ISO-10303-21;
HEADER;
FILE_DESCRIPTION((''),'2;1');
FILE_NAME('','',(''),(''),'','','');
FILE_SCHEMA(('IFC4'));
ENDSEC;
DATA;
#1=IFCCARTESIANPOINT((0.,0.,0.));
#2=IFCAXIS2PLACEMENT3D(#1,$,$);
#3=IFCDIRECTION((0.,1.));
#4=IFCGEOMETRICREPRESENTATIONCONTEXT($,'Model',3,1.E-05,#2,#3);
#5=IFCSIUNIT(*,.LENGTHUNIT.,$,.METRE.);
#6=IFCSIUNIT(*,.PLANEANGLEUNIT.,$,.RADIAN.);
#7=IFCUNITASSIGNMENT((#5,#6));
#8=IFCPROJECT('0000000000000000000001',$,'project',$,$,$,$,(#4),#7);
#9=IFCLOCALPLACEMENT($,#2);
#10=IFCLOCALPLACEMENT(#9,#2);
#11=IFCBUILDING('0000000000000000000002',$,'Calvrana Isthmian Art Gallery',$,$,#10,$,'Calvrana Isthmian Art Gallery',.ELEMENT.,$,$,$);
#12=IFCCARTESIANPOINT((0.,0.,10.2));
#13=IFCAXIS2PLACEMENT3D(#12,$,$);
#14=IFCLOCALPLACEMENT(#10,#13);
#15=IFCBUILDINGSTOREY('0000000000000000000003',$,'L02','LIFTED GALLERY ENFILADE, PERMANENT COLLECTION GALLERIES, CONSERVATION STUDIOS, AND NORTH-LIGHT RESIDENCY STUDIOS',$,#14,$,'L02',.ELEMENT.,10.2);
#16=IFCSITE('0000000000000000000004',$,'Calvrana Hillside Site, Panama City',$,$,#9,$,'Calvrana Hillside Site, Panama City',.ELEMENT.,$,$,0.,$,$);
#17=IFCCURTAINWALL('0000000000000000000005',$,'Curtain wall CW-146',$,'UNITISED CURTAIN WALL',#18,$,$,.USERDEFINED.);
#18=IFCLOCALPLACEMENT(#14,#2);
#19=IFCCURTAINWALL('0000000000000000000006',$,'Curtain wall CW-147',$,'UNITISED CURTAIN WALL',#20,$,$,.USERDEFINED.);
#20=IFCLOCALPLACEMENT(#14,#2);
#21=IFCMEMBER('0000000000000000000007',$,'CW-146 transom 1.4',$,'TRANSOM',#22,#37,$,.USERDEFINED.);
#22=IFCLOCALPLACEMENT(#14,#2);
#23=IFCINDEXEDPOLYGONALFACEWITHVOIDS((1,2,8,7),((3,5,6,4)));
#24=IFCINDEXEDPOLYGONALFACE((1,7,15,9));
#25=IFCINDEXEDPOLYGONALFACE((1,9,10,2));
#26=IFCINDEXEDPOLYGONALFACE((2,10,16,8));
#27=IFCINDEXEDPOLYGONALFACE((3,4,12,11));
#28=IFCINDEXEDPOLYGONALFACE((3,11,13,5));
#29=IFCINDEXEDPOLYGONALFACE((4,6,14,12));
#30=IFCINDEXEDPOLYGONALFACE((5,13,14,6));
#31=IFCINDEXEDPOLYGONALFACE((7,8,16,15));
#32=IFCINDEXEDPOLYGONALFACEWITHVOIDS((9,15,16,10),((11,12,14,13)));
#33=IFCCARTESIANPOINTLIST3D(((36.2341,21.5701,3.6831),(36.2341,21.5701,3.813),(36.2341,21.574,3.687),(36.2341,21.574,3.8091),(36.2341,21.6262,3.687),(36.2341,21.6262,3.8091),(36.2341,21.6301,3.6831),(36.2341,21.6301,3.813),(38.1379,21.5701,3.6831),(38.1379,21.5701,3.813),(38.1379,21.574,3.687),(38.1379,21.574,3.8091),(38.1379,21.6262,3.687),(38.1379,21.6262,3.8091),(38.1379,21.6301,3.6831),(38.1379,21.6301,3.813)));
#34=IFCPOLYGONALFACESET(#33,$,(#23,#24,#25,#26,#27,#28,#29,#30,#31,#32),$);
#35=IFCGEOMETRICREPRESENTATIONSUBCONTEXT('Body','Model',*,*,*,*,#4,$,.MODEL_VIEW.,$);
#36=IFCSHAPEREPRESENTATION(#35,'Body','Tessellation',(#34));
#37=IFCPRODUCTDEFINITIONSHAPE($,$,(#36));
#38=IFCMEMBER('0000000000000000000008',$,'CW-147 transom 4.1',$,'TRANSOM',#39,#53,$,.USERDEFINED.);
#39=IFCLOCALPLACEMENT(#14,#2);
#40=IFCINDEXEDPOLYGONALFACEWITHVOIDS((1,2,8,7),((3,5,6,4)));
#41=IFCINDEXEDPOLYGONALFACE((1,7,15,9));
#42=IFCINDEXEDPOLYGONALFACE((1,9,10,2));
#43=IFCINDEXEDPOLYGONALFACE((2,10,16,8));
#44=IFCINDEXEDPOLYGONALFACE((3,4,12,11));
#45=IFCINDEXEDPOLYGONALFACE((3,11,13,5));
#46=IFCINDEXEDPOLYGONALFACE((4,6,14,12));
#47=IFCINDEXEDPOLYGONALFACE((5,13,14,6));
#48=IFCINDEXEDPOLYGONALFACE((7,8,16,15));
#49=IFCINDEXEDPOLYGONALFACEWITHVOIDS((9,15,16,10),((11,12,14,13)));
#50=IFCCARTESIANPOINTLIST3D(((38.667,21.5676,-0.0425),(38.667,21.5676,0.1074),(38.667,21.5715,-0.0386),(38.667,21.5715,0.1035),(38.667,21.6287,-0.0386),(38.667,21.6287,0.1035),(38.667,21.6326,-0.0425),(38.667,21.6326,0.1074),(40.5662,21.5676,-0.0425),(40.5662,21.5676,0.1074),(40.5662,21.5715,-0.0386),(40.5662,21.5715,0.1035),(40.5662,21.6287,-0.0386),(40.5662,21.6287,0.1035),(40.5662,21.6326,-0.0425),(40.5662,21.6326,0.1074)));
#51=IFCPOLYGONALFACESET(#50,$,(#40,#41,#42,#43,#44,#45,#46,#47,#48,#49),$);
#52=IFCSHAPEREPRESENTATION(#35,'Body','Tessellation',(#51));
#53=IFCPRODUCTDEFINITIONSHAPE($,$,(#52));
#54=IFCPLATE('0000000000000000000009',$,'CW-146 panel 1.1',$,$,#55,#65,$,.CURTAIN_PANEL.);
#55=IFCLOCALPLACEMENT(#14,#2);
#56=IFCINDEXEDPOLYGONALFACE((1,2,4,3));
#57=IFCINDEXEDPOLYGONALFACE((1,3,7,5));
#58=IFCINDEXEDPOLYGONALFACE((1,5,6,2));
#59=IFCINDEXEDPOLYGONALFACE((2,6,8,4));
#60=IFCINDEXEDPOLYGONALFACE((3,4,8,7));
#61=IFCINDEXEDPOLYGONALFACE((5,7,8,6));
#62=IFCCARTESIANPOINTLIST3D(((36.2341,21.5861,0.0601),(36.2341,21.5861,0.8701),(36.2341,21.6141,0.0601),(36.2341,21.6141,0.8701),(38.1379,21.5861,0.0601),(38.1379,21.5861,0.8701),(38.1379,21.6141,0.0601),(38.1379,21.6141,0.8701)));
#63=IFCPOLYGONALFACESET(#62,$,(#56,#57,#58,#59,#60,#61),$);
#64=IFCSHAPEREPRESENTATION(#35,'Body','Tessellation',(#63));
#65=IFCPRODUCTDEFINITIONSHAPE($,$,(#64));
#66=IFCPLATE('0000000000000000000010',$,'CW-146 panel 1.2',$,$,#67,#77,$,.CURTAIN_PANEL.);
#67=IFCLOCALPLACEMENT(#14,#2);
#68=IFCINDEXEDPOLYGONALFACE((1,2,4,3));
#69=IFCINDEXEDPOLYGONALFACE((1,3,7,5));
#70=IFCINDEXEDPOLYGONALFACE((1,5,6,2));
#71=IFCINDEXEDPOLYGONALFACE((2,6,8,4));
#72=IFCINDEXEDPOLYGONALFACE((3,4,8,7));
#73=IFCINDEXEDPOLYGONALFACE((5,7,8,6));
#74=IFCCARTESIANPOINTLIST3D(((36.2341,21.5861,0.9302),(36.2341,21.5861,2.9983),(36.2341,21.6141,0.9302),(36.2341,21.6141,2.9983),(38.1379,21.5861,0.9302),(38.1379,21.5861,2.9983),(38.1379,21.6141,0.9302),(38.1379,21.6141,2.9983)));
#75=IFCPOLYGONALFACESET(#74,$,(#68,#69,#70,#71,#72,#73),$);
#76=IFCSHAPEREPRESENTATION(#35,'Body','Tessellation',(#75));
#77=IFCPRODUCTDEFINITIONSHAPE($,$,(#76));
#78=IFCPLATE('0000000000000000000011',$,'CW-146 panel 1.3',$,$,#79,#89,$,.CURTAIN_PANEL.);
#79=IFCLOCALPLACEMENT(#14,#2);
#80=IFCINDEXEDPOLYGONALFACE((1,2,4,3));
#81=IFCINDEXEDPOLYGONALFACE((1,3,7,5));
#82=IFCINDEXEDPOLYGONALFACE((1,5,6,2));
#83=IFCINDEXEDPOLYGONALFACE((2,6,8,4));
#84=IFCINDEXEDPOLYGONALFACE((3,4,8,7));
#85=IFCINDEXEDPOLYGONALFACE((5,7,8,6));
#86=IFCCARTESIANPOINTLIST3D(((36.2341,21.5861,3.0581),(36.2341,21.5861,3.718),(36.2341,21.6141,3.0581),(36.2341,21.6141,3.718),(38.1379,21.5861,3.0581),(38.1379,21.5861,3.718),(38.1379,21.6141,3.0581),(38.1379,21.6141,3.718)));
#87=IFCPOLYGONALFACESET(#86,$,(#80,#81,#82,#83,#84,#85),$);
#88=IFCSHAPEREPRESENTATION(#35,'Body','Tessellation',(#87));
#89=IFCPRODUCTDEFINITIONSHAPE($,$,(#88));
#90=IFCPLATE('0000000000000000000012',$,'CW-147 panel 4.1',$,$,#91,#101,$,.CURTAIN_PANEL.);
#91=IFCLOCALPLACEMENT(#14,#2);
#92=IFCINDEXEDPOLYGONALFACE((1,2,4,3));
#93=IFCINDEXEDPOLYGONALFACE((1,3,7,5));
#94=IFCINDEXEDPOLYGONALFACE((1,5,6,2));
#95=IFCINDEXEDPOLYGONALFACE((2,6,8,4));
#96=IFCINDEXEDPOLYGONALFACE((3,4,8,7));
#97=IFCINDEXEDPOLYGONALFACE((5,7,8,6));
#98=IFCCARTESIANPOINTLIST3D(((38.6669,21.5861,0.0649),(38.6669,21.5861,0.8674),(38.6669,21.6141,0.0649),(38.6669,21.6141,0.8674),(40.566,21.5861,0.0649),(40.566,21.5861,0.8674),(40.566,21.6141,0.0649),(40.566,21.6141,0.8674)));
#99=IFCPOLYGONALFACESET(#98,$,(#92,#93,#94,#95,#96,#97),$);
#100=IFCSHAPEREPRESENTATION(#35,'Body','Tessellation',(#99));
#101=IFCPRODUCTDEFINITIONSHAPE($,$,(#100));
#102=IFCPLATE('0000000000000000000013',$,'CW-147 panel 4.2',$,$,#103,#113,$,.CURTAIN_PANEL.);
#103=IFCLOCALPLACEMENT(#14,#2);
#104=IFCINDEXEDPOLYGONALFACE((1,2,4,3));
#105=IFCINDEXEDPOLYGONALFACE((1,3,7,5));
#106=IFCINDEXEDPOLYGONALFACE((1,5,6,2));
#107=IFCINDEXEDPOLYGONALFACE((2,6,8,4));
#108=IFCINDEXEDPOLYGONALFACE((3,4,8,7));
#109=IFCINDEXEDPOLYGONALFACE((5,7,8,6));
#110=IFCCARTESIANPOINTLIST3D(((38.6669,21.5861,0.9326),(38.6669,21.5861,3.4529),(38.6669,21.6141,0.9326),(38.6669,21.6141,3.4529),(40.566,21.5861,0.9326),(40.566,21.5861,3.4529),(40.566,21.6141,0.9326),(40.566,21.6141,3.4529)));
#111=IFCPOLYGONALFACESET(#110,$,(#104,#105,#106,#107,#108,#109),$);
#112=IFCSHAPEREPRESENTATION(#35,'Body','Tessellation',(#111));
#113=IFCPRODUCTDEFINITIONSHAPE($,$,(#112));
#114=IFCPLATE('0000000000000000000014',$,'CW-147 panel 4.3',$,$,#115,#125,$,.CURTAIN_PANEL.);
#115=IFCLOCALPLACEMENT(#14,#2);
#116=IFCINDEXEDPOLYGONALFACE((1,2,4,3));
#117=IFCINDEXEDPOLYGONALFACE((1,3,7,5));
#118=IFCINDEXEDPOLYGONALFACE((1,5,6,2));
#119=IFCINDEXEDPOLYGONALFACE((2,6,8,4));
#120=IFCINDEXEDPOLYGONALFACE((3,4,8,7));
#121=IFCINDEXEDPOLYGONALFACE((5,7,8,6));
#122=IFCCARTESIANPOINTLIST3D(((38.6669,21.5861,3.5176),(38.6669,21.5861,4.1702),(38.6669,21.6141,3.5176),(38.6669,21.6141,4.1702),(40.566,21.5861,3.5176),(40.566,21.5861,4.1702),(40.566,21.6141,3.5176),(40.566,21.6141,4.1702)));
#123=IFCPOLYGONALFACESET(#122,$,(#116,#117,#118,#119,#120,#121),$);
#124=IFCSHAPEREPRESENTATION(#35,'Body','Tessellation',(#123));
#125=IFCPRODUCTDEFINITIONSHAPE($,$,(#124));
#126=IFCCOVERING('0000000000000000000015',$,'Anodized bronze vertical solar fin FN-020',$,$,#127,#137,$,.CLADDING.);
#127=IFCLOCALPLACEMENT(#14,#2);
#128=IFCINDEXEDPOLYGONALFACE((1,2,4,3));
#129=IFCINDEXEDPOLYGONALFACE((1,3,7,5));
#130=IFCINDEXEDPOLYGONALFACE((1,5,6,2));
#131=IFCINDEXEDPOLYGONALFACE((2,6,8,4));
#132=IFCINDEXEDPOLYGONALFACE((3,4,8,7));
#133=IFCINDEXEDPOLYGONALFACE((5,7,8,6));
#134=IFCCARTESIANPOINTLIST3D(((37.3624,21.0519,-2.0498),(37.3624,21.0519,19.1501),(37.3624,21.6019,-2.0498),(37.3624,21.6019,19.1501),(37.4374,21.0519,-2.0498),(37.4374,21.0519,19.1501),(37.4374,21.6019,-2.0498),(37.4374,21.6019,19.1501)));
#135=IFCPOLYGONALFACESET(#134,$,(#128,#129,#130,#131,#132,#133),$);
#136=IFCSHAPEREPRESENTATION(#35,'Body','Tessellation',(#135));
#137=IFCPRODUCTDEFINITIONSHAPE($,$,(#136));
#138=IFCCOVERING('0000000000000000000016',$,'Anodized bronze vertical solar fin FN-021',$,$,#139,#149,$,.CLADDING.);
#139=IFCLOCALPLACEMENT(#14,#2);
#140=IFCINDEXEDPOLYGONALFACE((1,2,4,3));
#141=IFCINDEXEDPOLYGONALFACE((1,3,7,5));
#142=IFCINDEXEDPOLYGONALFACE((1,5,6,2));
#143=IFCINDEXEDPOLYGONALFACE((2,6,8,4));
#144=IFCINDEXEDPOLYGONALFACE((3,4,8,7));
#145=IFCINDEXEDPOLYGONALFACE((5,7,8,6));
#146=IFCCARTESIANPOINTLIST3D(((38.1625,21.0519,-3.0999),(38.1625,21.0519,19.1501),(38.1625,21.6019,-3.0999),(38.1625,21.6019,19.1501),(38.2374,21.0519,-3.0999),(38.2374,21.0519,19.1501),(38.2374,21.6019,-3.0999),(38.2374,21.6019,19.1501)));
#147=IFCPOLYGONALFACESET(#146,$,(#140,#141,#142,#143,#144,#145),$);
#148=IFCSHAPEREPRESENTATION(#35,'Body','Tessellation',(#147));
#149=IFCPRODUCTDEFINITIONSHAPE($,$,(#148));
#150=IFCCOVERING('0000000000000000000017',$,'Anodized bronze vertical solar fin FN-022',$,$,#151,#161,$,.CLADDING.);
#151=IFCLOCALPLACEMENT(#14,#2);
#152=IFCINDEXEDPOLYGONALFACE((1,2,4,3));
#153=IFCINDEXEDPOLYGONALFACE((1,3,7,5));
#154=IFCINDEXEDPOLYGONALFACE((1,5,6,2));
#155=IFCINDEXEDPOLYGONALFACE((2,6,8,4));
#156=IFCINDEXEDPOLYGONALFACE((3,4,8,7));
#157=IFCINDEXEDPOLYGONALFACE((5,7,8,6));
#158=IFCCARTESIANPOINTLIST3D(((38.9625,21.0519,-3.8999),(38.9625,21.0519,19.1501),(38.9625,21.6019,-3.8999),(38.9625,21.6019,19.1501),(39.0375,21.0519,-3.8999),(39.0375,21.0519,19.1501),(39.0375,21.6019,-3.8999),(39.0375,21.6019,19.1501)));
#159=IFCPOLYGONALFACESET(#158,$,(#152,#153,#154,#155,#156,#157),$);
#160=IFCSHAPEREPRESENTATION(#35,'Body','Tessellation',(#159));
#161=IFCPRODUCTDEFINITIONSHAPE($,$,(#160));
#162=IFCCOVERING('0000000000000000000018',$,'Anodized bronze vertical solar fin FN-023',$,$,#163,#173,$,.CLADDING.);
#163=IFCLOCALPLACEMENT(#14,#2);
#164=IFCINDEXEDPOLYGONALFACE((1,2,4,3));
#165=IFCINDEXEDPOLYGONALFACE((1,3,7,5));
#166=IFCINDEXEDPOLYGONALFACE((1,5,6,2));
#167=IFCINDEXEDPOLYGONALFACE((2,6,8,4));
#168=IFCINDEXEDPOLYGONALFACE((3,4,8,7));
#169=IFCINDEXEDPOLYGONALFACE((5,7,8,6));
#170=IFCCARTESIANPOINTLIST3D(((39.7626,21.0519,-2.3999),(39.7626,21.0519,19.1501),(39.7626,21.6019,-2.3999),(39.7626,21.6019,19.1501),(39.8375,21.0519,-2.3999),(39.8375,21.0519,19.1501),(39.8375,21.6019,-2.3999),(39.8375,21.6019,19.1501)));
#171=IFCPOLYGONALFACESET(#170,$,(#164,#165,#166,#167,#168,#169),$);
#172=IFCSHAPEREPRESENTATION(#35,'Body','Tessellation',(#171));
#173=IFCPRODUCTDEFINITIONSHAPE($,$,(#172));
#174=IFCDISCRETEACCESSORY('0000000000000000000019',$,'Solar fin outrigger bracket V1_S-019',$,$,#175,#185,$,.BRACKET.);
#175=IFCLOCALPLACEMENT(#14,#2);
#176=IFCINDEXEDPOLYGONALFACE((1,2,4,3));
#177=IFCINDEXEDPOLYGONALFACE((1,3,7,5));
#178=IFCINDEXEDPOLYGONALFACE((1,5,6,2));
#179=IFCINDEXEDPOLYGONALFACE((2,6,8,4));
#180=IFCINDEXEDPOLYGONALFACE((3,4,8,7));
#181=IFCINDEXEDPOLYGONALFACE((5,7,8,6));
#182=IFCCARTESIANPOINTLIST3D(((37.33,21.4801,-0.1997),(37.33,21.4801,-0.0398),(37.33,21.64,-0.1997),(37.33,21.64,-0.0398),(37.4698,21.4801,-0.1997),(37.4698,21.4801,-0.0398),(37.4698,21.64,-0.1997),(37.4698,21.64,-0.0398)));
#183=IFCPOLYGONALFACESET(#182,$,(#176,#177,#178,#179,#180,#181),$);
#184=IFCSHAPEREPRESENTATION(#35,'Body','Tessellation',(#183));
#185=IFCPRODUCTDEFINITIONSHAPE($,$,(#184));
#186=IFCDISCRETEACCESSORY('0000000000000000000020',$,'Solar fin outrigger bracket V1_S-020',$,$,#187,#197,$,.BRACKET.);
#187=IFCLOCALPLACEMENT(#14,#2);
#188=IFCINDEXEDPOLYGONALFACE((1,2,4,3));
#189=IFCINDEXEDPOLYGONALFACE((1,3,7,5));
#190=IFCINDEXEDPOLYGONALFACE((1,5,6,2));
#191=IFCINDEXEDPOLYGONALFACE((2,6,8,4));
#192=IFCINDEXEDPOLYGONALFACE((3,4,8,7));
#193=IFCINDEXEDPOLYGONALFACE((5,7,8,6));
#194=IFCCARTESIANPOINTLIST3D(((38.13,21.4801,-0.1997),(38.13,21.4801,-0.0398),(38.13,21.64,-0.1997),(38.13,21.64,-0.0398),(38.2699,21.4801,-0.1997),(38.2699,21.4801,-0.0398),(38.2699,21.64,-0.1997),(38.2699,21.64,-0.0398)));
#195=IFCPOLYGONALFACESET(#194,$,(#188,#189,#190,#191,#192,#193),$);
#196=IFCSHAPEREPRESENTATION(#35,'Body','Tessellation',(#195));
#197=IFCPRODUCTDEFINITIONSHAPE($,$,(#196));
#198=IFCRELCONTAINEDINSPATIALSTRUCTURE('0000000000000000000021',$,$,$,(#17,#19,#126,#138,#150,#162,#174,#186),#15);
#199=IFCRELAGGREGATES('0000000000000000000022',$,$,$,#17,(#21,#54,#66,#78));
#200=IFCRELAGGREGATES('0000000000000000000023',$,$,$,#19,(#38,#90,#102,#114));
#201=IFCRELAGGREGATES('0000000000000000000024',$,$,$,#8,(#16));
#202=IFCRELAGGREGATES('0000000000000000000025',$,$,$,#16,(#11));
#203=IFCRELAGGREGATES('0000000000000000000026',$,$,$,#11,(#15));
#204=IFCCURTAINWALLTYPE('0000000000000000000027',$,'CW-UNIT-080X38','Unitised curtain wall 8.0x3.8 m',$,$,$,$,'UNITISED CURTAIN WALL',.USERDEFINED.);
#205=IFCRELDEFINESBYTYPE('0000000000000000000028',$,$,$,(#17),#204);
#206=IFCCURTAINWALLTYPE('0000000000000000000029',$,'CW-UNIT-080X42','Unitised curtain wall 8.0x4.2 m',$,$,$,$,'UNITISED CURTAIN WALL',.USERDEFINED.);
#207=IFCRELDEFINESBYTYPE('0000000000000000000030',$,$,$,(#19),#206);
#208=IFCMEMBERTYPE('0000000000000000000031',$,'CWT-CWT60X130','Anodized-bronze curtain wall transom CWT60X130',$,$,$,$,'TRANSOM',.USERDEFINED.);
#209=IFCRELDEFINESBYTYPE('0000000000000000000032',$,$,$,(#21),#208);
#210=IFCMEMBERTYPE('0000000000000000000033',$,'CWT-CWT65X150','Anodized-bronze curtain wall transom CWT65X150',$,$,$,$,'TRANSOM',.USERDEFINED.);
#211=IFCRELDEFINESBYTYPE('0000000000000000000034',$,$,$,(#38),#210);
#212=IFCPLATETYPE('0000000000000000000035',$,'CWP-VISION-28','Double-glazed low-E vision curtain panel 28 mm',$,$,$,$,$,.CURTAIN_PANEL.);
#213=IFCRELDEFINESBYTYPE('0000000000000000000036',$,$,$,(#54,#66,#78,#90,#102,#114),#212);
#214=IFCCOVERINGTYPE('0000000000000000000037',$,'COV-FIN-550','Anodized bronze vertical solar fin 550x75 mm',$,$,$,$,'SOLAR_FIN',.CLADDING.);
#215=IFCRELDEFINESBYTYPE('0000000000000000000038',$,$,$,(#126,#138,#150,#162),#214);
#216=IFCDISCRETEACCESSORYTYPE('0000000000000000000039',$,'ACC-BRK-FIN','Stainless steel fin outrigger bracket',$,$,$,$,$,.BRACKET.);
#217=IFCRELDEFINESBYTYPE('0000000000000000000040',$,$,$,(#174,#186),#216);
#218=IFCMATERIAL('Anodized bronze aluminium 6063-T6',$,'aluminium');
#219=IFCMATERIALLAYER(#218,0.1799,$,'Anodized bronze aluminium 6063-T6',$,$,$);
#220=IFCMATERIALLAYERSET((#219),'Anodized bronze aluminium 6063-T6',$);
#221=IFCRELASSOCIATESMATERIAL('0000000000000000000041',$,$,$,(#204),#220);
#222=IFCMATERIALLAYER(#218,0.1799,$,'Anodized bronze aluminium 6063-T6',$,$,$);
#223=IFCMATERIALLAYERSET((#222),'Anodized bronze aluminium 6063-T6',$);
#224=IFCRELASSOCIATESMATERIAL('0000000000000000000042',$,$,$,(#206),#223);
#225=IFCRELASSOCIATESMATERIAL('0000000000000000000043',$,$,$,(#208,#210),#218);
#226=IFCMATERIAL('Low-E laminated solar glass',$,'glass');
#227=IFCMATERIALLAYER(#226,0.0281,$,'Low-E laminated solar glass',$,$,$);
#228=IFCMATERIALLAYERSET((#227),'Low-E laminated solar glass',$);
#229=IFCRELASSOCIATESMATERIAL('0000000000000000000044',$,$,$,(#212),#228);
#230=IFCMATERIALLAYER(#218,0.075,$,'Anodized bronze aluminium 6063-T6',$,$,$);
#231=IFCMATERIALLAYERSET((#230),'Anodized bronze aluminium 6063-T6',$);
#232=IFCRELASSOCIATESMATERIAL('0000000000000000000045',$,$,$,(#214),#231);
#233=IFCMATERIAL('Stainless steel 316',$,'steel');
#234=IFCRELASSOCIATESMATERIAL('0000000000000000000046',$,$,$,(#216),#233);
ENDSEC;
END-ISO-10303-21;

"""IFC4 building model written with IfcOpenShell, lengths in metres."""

from ifc_helpers import new_model, si_unit, direction, frame, origin, origin_2d, place, context, subcontext, project, spatial, rectangle, hollow_rectangle, extrude, material, layer, layer_set, material_profile, profile_set, type_object, element, aggregate, save


model = new_model("IFC4")

# Units and contexts
model_context = context("Model", 3, precision=1e-05, world=origin(), true_north=direction((0.0, 1.0)))
body_context = subcontext(model_context, "Body", "Model", "MODEL_VIEW")
ifc_project = project(units=[si_unit("LENGTHUNIT", "METRE"), si_unit("PLANEANGLEUNIT", "RADIAN")], contexts=[model_context])

# Site, building, storey
site_placement = place(None, origin())
site = spatial("IfcSite", under=ifc_project, at=site_placement, Name="Calvrana Hillside Site, Panama City", LongName="Calvrana Hillside Site, Panama City", CompositionType="ELEMENT", RefElevation=0.0)
building_placement = place(site_placement, origin())
building = spatial("IfcBuilding", under=site, at=building_placement, Name="Calvrana Isthmian Art Gallery", LongName="Calvrana Isthmian Art Gallery", CompositionType="ELEMENT")
storey_placement = place(building_placement, frame((0.0, 0.0, 10.2)))
storey = spatial("IfcBuildingStorey", under=building, at=storey_placement, Name="L02", Description="LIFTED GALLERY ENFILADE, PERMANENT COLLECTION GALLERIES, CONSERVATION STUDIOS, AND NORTH-LIGHT RESIDENCY STUDIOS", LongName="L02", CompositionType="ELEMENT", Elevation=10.2)

# Curtain walls
ifc_material_1 = material(Name="Anodized bronze aluminium 6063-T6", Category="aluminium")
ifc_layer_1 = layer(ifc_material_1, 0.1799, Name="Anodized bronze aluminium 6063-T6")
ifc_layer_set_1 = layer_set([ifc_layer_1], Name="Anodized bronze aluminium 6063-T6")
curtain_wall_type_1 = type_object("IfcCurtainWallType", Name="CW-UNIT-080X38", Description="Unitised curtain wall 8.0x3.8 m", ElementType="UNITISED CURTAIN WALL", PredefinedType="USERDEFINED", material=ifc_layer_set_1)
curtain_wall_1_placement = place(storey_placement, origin())
curtain_wall_1 = element("IfcCurtainWall", 1, at=curtain_wall_1_placement, inside=storey, type_object=curtain_wall_type_1, Name="Curtain wall CW-146", ObjectType="UNITISED CURTAIN WALL", PredefinedType="USERDEFINED")
ifc_layer_2 = layer(ifc_material_1, 0.1799, Name="Anodized bronze aluminium 6063-T6")
ifc_layer_set_2 = layer_set([ifc_layer_2], Name="Anodized bronze aluminium 6063-T6")
curtain_wall_type_2 = type_object("IfcCurtainWallType", Name="CW-UNIT-080X42", Description="Unitised curtain wall 8.0x4.2 m", ElementType="UNITISED CURTAIN WALL", PredefinedType="USERDEFINED", material=ifc_layer_set_2)
curtain_wall_2_placement = place(storey_placement, origin())
curtain_wall_2 = element("IfcCurtainWall", 2, at=curtain_wall_2_placement, inside=storey, type_object=curtain_wall_type_2, Name="Curtain wall CW-147", ObjectType="UNITISED CURTAIN WALL", PredefinedType="USERDEFINED")

# Members
ifc_material_profile_1 = material_profile(ifc_material_1, hollow_rectangle(XDim=0.0601, YDim=0.1299, WallThickness=0.0039, at=origin_2d()), Name="CWT60X130")
ifc_profile_set_1 = profile_set([ifc_material_profile_1], Name="Anodized bronze aluminium 6063-T6")
member_type_1 = type_object("IfcMemberType", Name="CWT-CWT60X130", Description="Anodized-bronze curtain wall transom CWT60X130", ElementType="TRANSOM", PredefinedType="USERDEFINED", material=ifc_profile_set_1)
member_1_placement = place(storey_placement, frame((38.1379, 21.6001, 3.748), z_axis=(-1.0, 0.0, 0.0), x_axis=(0.0, -1.0, 0.0)))
member_1 = element("IfcMember", 3, at=member_1_placement, type_object=member_type_1, Name="CW-146 transom 1.4", ObjectType="TRANSOM", PredefinedType="USERDEFINED", context=body_context, shape_type="SweptSolid", body=[
    extrude(hollow_rectangle(XDim=0.0601, YDim=0.1299, WallThickness=0.0039, at=origin_2d()), origin(), (0.0, 0.0, 1.0), 1.9038),
])
ifc_material_profile_2 = material_profile(ifc_material_1, hollow_rectangle(XDim=0.0649, YDim=0.1499, WallThickness=0.0039, at=origin_2d()), Name="CWT65X150")
ifc_profile_set_2 = profile_set([ifc_material_profile_2], Name="Anodized bronze aluminium 6063-T6")
member_type_2 = type_object("IfcMemberType", Name="CWT-CWT65X150", Description="Anodized-bronze curtain wall transom CWT65X150", ElementType="TRANSOM", PredefinedType="USERDEFINED", material=ifc_profile_set_2)
member_2_placement = place(storey_placement, frame((40.5662, 21.6001, 0.0325), z_axis=(-1.0, 0.0, 0.0), x_axis=(0.0, -1.0, 0.0)))
member_2 = element("IfcMember", 4, at=member_2_placement, type_object=member_type_2, Name="CW-147 transom 4.1", ObjectType="TRANSOM", PredefinedType="USERDEFINED", context=body_context, shape_type="SweptSolid", body=[
    extrude(hollow_rectangle(XDim=0.0649, YDim=0.1499, WallThickness=0.0039, at=origin_2d()), origin(), (0.0, 0.0, 1.0), 1.8992),
])

# Plates
ifc_material_2 = material(Name="Low-E laminated solar glass", Category="glass")
ifc_layer_3 = layer(ifc_material_2, 0.0281, Name="Low-E laminated solar glass")
ifc_layer_set_3 = layer_set([ifc_layer_3], Name="Low-E laminated solar glass")
plate_type = type_object("IfcPlateType", Name="CWP-VISION-28", Description="Double-glazed low-E vision curtain panel 28 mm", PredefinedType="CURTAIN_PANEL", material=ifc_layer_set_3)
plate_1_placement = place(storey_placement, frame((37.186, 21.6001, 0.0601), z_axis=(0.0, 0.0, 1.0), x_axis=(-1.0, 0.0, 0.0)))
plate_1 = element("IfcPlate", 5, at=plate_1_placement, type_object=plate_type, Name="CW-146 panel 1.1", PredefinedType="CURTAIN_PANEL", context=body_context, shape_type="SweptSolid", body=[
    extrude(rectangle(XDim=1.9038, YDim=0.0281, at=origin_2d()), origin(), (0.0, 0.0, 1.0), 0.8101),
])
plate_2_placement = place(storey_placement, frame((37.186, 21.6001, 0.9302), z_axis=(0.0, 0.0, 1.0), x_axis=(-1.0, 0.0, 0.0)))
plate_2 = element("IfcPlate", 6, at=plate_2_placement, type_object=plate_type, Name="CW-146 panel 1.2", PredefinedType="CURTAIN_PANEL", context=body_context, shape_type="SweptSolid", body=[
    extrude(rectangle(XDim=1.9038, YDim=0.0281, at=origin_2d()), origin(), (0.0, 0.0, 1.0), 2.0681),
])
plate_3_placement = place(storey_placement, frame((37.186, 21.6001, 3.0581), z_axis=(0.0, 0.0, 1.0), x_axis=(-1.0, 0.0, 0.0)))
plate_3 = element("IfcPlate", 7, at=plate_3_placement, type_object=plate_type, Name="CW-146 panel 1.3", PredefinedType="CURTAIN_PANEL", context=body_context, shape_type="SweptSolid", body=[
    extrude(rectangle(XDim=1.9038, YDim=0.0281, at=origin_2d()), origin(), (0.0, 0.0, 1.0), 0.6599),
])
aggregate(curtain_wall_1, [member_1, plate_1, plate_2, plate_3])
plate_4_placement = place(storey_placement, frame((39.6165, 21.6001, 0.0649), z_axis=(0.0, 0.0, 1.0), x_axis=(-1.0, 0.0, 0.0)))
plate_4 = element("IfcPlate", 8, at=plate_4_placement, type_object=plate_type, Name="CW-147 panel 4.1", PredefinedType="CURTAIN_PANEL", context=body_context, shape_type="SweptSolid", body=[
    extrude(rectangle(XDim=1.8992, YDim=0.0281, at=origin_2d()), origin(), (0.0, 0.0, 1.0), 0.8025),
])
plate_5_placement = place(storey_placement, frame((39.6165, 21.6001, 0.9326), z_axis=(0.0, 0.0, 1.0), x_axis=(-1.0, 0.0, 0.0)))
plate_5 = element("IfcPlate", 9, at=plate_5_placement, type_object=plate_type, Name="CW-147 panel 4.2", PredefinedType="CURTAIN_PANEL", context=body_context, shape_type="SweptSolid", body=[
    extrude(rectangle(XDim=1.8992, YDim=0.0281, at=origin_2d()), origin(), (0.0, 0.0, 1.0), 2.5203),
])
plate_6_placement = place(storey_placement, frame((39.6165, 21.6001, 3.5176), z_axis=(0.0, 0.0, 1.0), x_axis=(-1.0, 0.0, 0.0)))
plate_6 = element("IfcPlate", 10, at=plate_6_placement, type_object=plate_type, Name="CW-147 panel 4.3", PredefinedType="CURTAIN_PANEL", context=body_context, shape_type="SweptSolid", body=[
    extrude(rectangle(XDim=1.8992, YDim=0.0281, at=origin_2d()), origin(), (0.0, 0.0, 1.0), 0.6526),
])
aggregate(curtain_wall_2, [member_2, plate_4, plate_5, plate_6])

# Coverings
ifc_layer_4 = layer(ifc_material_1, 0.075, Name="Anodized bronze aluminium 6063-T6")
ifc_layer_set_4 = layer_set([ifc_layer_4], Name="Anodized bronze aluminium 6063-T6")
covering_type = type_object("IfcCoveringType", Name="COV-FIN-550", Description="Anodized bronze vertical solar fin 550x75 mm", ElementType="SOLAR_FIN", PredefinedType="CLADDING", material=ifc_layer_set_4)
covering_1_placement = place(storey_placement, frame((37.3999, 21.3269, -2.0498), z_axis=(0.0, 0.0, 1.0), x_axis=(1.0, 0.0, 0.0)))
element("IfcCovering", 11, at=covering_1_placement, inside=storey, type_object=covering_type, Name="Anodized bronze vertical solar fin FN-020", PredefinedType="CLADDING", context=body_context, shape_type="SweptSolid", body=[
    extrude(rectangle(XDim=0.075, YDim=0.55, at=origin_2d()), origin(), (0.0, 0.0, 1.0), 21.2),
])
covering_2_placement = place(storey_placement, frame((38.2, 21.3269, -3.0999), z_axis=(0.0, 0.0, 1.0), x_axis=(1.0, 0.0, 0.0)))
element("IfcCovering", 12, at=covering_2_placement, inside=storey, type_object=covering_type, Name="Anodized bronze vertical solar fin FN-021", PredefinedType="CLADDING", context=body_context, shape_type="SweptSolid", body=[
    extrude(rectangle(XDim=0.075, YDim=0.55, at=origin_2d()), origin(), (0.0, 0.0, 1.0), 22.25),
])
covering_3_placement = place(storey_placement, frame((39.0, 21.3269, -3.8999), z_axis=(0.0, 0.0, 1.0), x_axis=(1.0, 0.0, 0.0)))
element("IfcCovering", 13, at=covering_3_placement, inside=storey, type_object=covering_type, Name="Anodized bronze vertical solar fin FN-022", PredefinedType="CLADDING", context=body_context, shape_type="SweptSolid", body=[
    extrude(rectangle(XDim=0.075, YDim=0.55, at=origin_2d()), origin(), (0.0, 0.0, 1.0), 23.05),
])
covering_4_placement = place(storey_placement, frame((39.8, 21.3269, -2.3999), z_axis=(0.0, 0.0, 1.0), x_axis=(1.0, 0.0, 0.0)))
element("IfcCovering", 14, at=covering_4_placement, inside=storey, type_object=covering_type, Name="Anodized bronze vertical solar fin FN-023", PredefinedType="CLADDING", context=body_context, shape_type="SweptSolid", body=[
    extrude(rectangle(XDim=0.075, YDim=0.55, at=origin_2d()), origin(), (0.0, 0.0, 1.0), 21.55),
])

# Discrete accessories
ifc_material_3 = material(Name="Stainless steel 316", Category="steel")
discrete_accessory_type = type_object("IfcDiscreteAccessoryType", Name="ACC-BRK-FIN", Description="Stainless steel fin outrigger bracket", PredefinedType="BRACKET", material=ifc_material_3)
for number, where, z_axis, x_axis, name in (
    (15, (37.3999, 21.5601, -0.1997), (0.0, 0.0, 1.0), (1.0, 0.0, 0.0), "Solar fin outrigger bracket V1_S-019"),
    (16, (38.2, 21.5601, -0.1997), (0.0, 0.0, 1.0), (1.0, 0.0, 0.0), "Solar fin outrigger bracket V1_S-020"),
):
    element("IfcDiscreteAccessory", number, at=place(storey_placement, frame(where, z_axis=z_axis, x_axis=x_axis)), inside=storey, type_object=discrete_accessory_type, Name=name, PredefinedType="BRACKET", context=body_context, shape_type="SweptSolid", body=[
        extrude(rectangle(XDim=0.1399, YDim=0.1599, at=origin_2d()), origin(), (0.0, 0.0, 1.0), 0.1599),
    ])

save(model, "model.ifc")
